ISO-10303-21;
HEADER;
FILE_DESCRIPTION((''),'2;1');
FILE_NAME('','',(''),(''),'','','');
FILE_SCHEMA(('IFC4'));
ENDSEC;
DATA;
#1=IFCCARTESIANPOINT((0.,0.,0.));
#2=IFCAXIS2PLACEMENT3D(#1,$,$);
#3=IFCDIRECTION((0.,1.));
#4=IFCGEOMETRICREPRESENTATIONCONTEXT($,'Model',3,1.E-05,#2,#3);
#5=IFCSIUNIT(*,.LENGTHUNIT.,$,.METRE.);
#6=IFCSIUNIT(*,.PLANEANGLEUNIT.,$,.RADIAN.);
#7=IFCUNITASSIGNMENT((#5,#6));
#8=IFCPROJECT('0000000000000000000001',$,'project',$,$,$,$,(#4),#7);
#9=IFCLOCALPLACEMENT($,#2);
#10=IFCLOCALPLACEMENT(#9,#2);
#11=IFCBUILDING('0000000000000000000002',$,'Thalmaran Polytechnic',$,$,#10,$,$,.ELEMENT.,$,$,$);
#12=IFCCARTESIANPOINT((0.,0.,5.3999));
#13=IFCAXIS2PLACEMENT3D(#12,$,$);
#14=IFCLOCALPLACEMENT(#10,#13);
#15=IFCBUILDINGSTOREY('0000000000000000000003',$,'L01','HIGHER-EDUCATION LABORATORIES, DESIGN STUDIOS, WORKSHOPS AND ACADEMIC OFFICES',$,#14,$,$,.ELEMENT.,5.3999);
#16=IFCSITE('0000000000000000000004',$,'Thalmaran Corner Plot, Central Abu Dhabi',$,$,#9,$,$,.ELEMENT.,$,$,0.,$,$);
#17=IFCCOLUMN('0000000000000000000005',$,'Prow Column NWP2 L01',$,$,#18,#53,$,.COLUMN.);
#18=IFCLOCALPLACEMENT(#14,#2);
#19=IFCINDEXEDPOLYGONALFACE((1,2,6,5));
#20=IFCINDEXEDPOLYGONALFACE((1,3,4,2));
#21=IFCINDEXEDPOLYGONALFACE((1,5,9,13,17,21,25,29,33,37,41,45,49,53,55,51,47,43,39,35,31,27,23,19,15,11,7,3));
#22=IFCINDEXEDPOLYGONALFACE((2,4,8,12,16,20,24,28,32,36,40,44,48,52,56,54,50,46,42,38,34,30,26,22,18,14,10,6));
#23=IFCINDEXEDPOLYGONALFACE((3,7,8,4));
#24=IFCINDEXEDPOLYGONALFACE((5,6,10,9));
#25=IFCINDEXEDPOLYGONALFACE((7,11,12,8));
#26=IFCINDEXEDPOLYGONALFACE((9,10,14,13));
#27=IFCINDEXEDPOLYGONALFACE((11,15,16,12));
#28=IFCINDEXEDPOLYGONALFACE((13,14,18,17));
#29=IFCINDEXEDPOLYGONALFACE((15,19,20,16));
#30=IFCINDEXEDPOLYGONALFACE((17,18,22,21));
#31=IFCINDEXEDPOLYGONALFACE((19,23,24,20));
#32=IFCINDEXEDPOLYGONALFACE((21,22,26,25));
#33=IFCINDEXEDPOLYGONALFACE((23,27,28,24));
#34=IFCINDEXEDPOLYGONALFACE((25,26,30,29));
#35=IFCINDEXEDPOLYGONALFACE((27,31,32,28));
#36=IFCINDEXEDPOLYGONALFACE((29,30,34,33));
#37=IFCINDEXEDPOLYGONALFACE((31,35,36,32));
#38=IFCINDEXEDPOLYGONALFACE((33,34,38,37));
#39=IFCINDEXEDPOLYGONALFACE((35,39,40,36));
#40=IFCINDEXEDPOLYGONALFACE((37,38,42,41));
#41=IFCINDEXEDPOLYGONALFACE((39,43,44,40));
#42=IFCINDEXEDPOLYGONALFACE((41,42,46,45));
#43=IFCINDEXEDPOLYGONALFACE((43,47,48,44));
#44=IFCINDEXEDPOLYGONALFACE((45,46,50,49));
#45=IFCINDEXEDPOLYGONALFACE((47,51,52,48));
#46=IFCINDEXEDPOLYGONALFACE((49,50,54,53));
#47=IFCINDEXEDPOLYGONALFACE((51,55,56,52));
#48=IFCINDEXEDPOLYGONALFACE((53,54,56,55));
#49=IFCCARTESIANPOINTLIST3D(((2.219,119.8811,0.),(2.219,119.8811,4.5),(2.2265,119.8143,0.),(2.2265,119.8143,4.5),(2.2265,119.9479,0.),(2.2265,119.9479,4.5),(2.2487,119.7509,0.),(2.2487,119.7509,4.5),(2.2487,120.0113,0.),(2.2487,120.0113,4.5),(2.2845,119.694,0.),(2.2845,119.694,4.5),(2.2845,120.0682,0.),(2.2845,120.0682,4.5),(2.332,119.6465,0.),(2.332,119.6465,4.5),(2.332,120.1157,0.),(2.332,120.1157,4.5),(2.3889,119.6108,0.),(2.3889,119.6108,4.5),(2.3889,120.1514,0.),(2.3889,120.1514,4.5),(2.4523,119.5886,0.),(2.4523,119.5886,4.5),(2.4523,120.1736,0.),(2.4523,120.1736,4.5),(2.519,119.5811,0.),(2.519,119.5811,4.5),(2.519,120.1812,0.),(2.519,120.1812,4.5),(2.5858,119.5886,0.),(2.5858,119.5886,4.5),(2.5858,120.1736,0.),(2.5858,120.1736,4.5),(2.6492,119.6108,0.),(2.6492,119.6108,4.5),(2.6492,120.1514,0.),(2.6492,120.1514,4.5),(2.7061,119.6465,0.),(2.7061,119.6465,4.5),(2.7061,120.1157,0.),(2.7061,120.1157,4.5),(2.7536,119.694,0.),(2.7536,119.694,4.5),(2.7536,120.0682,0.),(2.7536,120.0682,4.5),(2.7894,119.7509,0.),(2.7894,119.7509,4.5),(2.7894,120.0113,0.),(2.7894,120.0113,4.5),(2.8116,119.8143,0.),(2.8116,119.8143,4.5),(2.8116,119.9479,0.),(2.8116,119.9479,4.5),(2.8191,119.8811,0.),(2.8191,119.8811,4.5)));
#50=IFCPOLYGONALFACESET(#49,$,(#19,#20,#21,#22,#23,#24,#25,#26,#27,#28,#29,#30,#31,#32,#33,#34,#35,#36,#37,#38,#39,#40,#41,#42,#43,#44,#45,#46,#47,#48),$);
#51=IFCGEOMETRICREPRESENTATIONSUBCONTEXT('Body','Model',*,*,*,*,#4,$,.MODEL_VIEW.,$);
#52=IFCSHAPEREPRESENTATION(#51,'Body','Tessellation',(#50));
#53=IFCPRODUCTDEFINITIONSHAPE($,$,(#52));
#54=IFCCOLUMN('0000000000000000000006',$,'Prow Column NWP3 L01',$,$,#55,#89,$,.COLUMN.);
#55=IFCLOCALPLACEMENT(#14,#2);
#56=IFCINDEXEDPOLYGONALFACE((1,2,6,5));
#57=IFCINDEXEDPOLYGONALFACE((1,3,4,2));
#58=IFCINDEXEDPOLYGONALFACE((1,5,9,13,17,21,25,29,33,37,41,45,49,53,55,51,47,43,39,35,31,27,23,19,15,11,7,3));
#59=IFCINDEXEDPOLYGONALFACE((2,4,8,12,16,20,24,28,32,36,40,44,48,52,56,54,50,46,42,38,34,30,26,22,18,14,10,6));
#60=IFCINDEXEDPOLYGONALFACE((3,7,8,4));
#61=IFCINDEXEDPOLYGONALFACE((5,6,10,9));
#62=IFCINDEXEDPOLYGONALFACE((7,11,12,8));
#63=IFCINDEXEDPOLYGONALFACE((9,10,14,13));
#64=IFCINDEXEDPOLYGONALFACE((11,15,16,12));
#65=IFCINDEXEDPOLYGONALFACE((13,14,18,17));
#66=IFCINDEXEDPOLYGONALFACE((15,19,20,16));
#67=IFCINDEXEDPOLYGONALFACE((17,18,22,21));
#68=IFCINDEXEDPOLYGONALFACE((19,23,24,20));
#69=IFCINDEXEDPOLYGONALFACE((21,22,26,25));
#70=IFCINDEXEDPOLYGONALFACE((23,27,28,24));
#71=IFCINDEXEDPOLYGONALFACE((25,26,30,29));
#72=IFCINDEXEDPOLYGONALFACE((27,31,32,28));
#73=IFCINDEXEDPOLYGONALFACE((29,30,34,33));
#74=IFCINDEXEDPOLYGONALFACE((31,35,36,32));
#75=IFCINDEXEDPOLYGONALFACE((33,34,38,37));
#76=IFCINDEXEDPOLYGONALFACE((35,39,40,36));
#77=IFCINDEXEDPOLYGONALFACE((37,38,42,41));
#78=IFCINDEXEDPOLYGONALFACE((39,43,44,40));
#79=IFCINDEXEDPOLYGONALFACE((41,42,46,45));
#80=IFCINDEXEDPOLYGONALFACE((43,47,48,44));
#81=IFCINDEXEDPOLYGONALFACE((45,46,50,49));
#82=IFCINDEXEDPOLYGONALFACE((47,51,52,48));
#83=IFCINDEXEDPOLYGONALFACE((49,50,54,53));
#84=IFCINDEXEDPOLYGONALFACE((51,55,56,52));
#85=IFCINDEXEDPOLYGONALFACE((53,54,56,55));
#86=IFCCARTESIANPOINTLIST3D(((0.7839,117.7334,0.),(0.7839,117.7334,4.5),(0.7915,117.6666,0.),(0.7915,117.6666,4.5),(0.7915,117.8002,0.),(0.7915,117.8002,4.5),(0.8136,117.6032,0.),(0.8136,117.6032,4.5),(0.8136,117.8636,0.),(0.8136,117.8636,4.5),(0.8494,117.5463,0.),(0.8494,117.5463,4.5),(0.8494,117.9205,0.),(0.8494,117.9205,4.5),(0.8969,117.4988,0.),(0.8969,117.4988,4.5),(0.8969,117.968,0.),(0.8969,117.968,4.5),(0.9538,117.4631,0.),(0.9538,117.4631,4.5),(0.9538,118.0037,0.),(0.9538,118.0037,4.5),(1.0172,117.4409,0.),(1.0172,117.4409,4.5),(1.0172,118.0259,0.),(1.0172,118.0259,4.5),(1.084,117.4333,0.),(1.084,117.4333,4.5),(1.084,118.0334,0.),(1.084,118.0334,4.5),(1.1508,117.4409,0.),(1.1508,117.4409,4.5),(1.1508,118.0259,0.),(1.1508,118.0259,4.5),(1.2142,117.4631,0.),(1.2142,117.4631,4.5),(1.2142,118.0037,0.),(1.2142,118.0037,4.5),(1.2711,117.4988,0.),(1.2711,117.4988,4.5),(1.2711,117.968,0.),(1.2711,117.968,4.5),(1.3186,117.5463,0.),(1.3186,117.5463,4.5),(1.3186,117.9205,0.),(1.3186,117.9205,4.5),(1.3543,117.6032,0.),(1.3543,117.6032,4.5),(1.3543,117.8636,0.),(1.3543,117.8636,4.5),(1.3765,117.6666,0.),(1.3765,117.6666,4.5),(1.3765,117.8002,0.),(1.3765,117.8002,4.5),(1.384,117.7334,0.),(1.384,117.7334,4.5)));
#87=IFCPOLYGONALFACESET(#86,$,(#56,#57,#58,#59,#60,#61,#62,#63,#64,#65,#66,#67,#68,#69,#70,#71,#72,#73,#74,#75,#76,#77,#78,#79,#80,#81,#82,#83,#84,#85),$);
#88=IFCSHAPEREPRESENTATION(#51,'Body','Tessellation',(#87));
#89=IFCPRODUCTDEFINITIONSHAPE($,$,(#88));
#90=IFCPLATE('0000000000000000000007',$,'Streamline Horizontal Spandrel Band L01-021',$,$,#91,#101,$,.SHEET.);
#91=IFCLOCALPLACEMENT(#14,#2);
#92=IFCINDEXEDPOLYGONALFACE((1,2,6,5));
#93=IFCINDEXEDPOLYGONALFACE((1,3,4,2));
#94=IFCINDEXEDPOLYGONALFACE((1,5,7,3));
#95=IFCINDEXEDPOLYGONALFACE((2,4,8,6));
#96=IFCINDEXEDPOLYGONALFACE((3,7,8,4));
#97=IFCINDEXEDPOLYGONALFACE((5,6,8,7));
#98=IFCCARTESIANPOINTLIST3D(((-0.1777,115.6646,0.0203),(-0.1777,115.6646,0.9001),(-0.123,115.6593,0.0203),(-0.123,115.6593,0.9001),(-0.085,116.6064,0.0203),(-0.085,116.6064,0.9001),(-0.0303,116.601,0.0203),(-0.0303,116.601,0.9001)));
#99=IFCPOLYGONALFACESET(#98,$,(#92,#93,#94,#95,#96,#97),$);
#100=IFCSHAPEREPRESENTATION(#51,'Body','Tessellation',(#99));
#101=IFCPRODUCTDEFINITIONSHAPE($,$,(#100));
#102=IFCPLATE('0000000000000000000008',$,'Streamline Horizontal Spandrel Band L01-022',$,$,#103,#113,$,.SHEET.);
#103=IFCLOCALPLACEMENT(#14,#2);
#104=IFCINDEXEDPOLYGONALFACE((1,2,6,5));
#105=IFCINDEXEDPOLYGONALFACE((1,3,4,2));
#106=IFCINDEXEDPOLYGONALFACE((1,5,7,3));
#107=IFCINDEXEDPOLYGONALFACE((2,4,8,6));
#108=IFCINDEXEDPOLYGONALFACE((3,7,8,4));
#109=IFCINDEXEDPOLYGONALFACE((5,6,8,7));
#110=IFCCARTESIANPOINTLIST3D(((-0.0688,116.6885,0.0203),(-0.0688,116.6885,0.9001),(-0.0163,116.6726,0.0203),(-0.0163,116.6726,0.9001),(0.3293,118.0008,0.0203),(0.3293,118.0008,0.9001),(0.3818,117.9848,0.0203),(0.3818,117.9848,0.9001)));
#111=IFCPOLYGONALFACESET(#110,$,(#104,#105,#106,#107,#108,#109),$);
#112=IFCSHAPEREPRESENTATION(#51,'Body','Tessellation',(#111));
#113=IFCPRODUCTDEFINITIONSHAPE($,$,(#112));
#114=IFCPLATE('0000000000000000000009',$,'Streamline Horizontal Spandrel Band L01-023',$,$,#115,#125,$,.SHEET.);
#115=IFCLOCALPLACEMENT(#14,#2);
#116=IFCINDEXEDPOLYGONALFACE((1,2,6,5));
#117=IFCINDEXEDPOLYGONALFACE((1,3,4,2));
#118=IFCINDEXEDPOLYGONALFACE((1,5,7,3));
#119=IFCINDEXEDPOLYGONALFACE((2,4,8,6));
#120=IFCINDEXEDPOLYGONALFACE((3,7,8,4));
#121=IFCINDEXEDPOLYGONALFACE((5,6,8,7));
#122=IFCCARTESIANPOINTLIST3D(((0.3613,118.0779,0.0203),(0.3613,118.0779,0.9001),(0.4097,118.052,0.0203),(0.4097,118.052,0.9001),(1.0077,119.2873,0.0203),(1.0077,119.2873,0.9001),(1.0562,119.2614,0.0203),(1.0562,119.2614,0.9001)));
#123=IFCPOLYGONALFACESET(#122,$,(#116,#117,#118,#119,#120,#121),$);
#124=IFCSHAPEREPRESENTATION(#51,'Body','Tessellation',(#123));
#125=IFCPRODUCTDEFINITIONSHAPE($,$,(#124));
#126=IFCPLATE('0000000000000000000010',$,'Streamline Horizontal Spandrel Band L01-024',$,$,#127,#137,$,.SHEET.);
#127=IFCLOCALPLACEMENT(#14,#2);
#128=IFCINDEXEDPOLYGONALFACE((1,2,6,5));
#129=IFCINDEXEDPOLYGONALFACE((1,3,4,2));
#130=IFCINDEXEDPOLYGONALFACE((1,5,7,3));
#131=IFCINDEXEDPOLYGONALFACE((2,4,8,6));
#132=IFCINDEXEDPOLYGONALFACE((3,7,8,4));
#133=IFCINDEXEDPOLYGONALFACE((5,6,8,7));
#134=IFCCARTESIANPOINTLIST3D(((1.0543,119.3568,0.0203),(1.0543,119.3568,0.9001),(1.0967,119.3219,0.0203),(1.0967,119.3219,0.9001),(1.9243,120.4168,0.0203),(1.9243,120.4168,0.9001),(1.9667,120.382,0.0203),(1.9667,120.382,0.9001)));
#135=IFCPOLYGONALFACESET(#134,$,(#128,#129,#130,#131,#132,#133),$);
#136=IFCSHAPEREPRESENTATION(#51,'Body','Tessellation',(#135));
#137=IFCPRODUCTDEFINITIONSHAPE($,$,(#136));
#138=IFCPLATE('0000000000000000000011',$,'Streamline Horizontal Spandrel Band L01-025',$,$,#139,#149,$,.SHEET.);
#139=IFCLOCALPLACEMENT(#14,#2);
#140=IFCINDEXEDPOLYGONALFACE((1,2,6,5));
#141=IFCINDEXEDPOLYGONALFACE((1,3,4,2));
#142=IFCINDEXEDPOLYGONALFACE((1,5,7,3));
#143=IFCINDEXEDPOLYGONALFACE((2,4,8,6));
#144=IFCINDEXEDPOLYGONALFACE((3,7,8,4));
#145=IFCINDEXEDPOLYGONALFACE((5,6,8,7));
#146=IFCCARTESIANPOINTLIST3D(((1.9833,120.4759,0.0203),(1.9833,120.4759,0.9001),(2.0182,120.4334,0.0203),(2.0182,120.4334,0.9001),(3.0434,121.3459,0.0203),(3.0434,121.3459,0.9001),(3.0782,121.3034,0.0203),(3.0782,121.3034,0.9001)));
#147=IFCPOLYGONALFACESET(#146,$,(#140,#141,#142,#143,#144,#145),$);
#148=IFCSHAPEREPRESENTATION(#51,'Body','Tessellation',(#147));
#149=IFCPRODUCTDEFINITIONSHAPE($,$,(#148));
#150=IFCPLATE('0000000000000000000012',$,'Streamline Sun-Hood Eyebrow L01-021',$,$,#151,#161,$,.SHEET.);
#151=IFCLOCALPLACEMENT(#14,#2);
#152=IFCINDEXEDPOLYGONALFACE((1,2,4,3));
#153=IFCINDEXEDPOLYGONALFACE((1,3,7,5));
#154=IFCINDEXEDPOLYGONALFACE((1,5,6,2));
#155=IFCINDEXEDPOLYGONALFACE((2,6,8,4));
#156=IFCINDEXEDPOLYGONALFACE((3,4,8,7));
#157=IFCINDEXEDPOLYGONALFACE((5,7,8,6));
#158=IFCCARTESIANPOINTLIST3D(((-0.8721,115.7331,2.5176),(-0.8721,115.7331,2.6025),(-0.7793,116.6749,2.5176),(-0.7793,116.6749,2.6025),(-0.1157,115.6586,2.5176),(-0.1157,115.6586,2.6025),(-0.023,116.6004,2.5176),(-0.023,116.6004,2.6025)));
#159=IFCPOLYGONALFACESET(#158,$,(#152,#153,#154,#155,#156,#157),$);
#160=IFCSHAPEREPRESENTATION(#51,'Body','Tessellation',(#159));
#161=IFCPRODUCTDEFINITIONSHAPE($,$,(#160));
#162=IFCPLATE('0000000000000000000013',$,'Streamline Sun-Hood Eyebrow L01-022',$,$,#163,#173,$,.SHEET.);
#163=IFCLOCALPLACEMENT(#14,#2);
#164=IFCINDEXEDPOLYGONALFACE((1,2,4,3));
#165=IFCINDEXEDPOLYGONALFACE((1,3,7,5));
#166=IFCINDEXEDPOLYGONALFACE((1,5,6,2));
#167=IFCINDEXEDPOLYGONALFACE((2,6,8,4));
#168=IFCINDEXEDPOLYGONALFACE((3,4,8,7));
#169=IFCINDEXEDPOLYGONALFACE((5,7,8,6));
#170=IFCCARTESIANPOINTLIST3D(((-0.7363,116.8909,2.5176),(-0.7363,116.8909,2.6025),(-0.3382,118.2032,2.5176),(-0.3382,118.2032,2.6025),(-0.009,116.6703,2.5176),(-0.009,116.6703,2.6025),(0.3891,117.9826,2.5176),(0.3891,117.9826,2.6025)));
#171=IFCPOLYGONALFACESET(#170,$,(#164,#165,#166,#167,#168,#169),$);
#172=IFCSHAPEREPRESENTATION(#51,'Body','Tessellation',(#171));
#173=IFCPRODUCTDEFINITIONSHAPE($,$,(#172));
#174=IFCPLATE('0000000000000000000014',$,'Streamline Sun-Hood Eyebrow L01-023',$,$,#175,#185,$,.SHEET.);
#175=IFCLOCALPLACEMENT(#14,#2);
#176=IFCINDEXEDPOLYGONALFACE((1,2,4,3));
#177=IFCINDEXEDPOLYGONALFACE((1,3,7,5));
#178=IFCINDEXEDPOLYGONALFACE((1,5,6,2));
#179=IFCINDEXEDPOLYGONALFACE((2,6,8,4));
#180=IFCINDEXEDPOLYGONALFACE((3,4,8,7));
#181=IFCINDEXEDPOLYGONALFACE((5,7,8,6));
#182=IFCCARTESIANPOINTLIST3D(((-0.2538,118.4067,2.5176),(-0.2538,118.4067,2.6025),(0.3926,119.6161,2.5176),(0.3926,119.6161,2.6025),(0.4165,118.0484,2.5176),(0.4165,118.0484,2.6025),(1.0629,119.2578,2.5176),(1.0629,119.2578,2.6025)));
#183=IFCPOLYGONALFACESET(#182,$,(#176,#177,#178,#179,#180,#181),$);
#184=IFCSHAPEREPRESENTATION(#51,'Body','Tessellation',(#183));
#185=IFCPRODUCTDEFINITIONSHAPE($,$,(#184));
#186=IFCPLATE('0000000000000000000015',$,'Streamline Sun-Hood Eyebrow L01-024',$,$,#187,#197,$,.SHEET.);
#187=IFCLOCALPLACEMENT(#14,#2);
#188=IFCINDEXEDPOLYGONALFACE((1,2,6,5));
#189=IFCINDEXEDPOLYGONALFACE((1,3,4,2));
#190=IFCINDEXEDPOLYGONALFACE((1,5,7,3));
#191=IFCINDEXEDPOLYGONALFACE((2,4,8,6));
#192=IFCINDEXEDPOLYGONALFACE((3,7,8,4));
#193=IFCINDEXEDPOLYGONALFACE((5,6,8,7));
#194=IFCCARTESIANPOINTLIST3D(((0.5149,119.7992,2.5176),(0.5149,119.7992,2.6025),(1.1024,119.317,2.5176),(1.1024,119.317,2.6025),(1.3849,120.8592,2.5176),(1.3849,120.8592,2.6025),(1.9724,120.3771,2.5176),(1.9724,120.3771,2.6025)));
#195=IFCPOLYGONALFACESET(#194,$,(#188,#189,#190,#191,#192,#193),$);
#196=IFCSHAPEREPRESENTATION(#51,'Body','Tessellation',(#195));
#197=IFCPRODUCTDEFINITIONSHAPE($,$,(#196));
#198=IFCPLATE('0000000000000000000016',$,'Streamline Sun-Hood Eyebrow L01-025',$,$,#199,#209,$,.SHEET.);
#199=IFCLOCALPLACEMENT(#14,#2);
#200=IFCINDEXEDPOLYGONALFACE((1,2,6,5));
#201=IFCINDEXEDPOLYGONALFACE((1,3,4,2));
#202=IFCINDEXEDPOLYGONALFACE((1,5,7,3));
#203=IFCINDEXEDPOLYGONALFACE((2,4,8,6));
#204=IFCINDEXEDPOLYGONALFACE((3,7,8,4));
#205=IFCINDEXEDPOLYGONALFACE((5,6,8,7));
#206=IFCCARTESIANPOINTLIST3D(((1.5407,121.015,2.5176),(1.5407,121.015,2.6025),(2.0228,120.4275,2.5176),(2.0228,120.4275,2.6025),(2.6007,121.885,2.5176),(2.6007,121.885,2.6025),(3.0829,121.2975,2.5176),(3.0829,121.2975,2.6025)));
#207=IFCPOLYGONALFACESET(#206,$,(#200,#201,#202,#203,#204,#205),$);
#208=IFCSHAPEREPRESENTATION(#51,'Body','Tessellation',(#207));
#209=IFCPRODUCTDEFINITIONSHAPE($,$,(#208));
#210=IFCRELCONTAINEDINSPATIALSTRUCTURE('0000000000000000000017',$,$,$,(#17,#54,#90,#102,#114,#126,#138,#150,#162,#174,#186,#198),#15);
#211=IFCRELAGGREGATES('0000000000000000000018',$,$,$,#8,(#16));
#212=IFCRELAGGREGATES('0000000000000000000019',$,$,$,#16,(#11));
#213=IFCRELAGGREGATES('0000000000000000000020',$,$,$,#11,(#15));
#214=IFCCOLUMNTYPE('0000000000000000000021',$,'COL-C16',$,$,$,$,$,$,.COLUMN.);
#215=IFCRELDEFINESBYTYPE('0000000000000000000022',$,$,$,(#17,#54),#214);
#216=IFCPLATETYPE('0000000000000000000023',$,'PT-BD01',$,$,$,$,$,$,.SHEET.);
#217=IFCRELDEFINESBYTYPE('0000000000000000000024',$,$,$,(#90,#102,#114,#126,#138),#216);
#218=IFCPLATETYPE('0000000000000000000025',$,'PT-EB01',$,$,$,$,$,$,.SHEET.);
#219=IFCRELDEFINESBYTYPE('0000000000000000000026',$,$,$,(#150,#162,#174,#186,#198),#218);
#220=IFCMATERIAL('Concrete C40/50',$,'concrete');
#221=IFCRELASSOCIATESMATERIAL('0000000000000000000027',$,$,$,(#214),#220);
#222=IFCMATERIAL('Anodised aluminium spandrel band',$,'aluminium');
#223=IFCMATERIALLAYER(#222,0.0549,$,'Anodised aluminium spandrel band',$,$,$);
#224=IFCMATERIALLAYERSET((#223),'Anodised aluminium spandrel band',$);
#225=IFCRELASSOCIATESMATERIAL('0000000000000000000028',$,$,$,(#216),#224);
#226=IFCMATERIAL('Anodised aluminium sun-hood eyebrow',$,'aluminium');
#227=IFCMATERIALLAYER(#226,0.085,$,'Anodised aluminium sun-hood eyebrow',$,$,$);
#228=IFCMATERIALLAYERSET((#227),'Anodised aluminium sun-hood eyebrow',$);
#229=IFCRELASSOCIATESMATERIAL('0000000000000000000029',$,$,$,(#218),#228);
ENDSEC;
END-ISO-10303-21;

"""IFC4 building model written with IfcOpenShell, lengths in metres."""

from ifc_helpers import new_model, si_unit, direction, frame, origin, origin_2d, place, context, subcontext, project, spatial, rectangle, circle, extrude, material, layer, layer_set, material_profile, profile_set, type_object, element, save


model = new_model("IFC4")

# Units and contexts
model_context = context("Model", 3, precision=1e-05, world=origin(), true_north=direction((0.0, 1.0)))
body_context = subcontext(model_context, "Body", "Model", "MODEL_VIEW")
ifc_project = project(units=[si_unit("LENGTHUNIT", "METRE"), si_unit("PLANEANGLEUNIT", "RADIAN")], contexts=[model_context])

# Site, building, storey
site_placement = place(None, origin())
site = spatial("IfcSite", under=ifc_project, at=site_placement, Name="Thalmaran Corner Plot, Central Abu Dhabi", CompositionType="ELEMENT", RefElevation=0.0)
building_placement = place(site_placement, origin())
building = spatial("IfcBuilding", under=site, at=building_placement, Name="Thalmaran Polytechnic", CompositionType="ELEMENT")
storey_placement = place(building_placement, frame((0.0, 0.0, 5.3999)))
storey = spatial("IfcBuildingStorey", under=building, at=storey_placement, Name="L01", Description="HIGHER-EDUCATION LABORATORIES, DESIGN STUDIOS, WORKSHOPS AND ACADEMIC OFFICES", CompositionType="ELEMENT", Elevation=5.3999)

# Columns
ifc_material_1 = material(Name="Concrete C40/50", Category="concrete")
ifc_material_profile = material_profile(ifc_material_1, circle(Radius=0.3, at=origin_2d()), Name="RC 600 DIA")
ifc_profile_set = profile_set([ifc_material_profile], Name="Concrete C40/50")
column_type = type_object("IfcColumnType", Name="COL-C16", PredefinedType="COLUMN", material=ifc_profile_set)
for number, where, z_axis, x_axis, name in (
    (1, (2.519, 119.8811, 0.0), (0.0, 0.0, 1.0), (1.0, 0.0, 0.0), "Prow Column NWP2 L01"),
    (2, (1.084, 117.7334, 0.0), (0.0, 0.0, 1.0), (1.0, 0.0, 0.0), "Prow Column NWP3 L01"),
):
    element("IfcColumn", number, at=place(storey_placement, frame(where, z_axis=z_axis, x_axis=x_axis)), inside=storey, type_object=column_type, Name=name, PredefinedType="COLUMN", context=body_context, shape_type="SweptSolid", body=[
        extrude(circle(Radius=0.3, at=origin_2d()), origin(), (0.0, 0.0, 1.0), 4.5),
    ])

# Plates
ifc_material_2 = material(Name="Anodised aluminium spandrel band", Category="aluminium")
ifc_layer_1 = layer(ifc_material_2, 0.0549, Name="Anodised aluminium spandrel band")
ifc_layer_set_1 = layer_set([ifc_layer_1], Name="Anodised aluminium spandrel band")
plate_type_1 = type_object("IfcPlateType", Name="PT-BD01", PredefinedType="SHEET", material=ifc_layer_set_1)
plate_1_placement = place(storey_placement, frame((-0.104, 116.1328, 0.0203), z_axis=(0.0, 0.0, 1.0), x_axis=(0.098017, 0.995185, 0.0)))
element("IfcPlate", 3, at=plate_1_placement, inside=storey, type_object=plate_type_1, Name="Streamline Horizontal Spandrel Band L01-021", PredefinedType="SHEET", context=body_context, shape_type="SweptSolid", body=[
    extrude(rectangle(XDim=0.9463, YDim=0.0549, at=origin_2d()), origin(), (0.0, 0.0, 1.0), 0.8799),
])
for number, where, z_axis, x_axis, name in (
    (4, (0.1565, 117.3367, 0.0203), (0.0, 0.0, 1.0), (0.290285, 0.95694, 0.0), "Streamline Horizontal Spandrel Band L01-022"),
    (5, (0.7087, 118.6697, 0.0203), (0.0, 0.0, 1.0), (0.471397, 0.881921, 0.0), "Streamline Horizontal Spandrel Band L01-023"),
    (6, (1.5105, 119.8694, 0.0203), (0.0, 0.0, 1.0), (0.634393, 0.77301, 0.0), "Streamline Horizontal Spandrel Band L01-024"),
    (7, (2.5308, 120.8896, 0.0203), (0.0, 0.0, 1.0), (0.77301, 0.634393, 0.0), "Streamline Horizontal Spandrel Band L01-025"),
):
    element("IfcPlate", number, at=place(storey_placement, frame(where, z_axis=z_axis, x_axis=x_axis)), inside=storey, type_object=plate_type_1, Name=name, PredefinedType="SHEET", context=body_context, shape_type="SweptSolid", body=[
        extrude(rectangle(XDim=1.3713, YDim=0.0549, at=origin_2d()), origin(), (0.0, 0.0, 1.0), 0.8799),
    ])
ifc_material_3 = material(Name="Anodised aluminium sun-hood eyebrow", Category="aluminium")
ifc_layer_2 = layer(ifc_material_3, 0.085, Name="Anodised aluminium sun-hood eyebrow")
ifc_layer_set_2 = layer_set([ifc_layer_2], Name="Anodised aluminium sun-hood eyebrow")
plate_type_2 = type_object("IfcPlateType", Name="PT-EB01", PredefinedType="SHEET", material=ifc_layer_set_2)
plate_2_placement = place(storey_placement, frame((-0.4475, 116.1667, 2.5176), z_axis=(0.0, 0.0, 1.0), x_axis=(0.098017, 0.995185, 0.0)))
element("IfcPlate", 8, at=plate_2_placement, inside=storey, type_object=plate_type_2, Name="Streamline Sun-Hood Eyebrow L01-021", PredefinedType="SHEET", context=body_context, shape_type="SweptSolid", body=[
    extrude(rectangle(XDim=0.9463, YDim=0.76, at=origin_2d()), origin(), (0.0, 0.0, 1.0), 0.085),
])
for number, where, z_axis, x_axis, name in (
    (9, (-0.1736, 117.4368, 2.5176), (0.0, 0.0, 1.0), (0.290285, 0.95694, 0.0), "Streamline Sun-Hood Eyebrow L01-022"),
    (10, (0.4045, 118.8323, 2.5176), (0.0, 0.0, 1.0), (0.471397, 0.881921, 0.0), "Streamline Sun-Hood Eyebrow L01-023"),
    (11, (1.2437, 120.0881, 2.5176), (0.0, 0.0, 1.0), (0.634393, 0.77301, 0.0), "Streamline Sun-Hood Eyebrow L01-024"),
    (12, (2.3118, 121.1562, 2.5176), (0.0, 0.0, 1.0), (0.77301, 0.634393, 0.0), "Streamline Sun-Hood Eyebrow L01-025"),
):
    element("IfcPlate", number, at=place(storey_placement, frame(where, z_axis=z_axis, x_axis=x_axis)), inside=storey, type_object=plate_type_2, Name=name, PredefinedType="SHEET", context=body_context, shape_type="SweptSolid", body=[
        extrude(rectangle(XDim=1.3713, YDim=0.76, at=origin_2d()), origin(), (0.0, 0.0, 1.0), 0.085),
    ])

save(model, "model.ifc")
